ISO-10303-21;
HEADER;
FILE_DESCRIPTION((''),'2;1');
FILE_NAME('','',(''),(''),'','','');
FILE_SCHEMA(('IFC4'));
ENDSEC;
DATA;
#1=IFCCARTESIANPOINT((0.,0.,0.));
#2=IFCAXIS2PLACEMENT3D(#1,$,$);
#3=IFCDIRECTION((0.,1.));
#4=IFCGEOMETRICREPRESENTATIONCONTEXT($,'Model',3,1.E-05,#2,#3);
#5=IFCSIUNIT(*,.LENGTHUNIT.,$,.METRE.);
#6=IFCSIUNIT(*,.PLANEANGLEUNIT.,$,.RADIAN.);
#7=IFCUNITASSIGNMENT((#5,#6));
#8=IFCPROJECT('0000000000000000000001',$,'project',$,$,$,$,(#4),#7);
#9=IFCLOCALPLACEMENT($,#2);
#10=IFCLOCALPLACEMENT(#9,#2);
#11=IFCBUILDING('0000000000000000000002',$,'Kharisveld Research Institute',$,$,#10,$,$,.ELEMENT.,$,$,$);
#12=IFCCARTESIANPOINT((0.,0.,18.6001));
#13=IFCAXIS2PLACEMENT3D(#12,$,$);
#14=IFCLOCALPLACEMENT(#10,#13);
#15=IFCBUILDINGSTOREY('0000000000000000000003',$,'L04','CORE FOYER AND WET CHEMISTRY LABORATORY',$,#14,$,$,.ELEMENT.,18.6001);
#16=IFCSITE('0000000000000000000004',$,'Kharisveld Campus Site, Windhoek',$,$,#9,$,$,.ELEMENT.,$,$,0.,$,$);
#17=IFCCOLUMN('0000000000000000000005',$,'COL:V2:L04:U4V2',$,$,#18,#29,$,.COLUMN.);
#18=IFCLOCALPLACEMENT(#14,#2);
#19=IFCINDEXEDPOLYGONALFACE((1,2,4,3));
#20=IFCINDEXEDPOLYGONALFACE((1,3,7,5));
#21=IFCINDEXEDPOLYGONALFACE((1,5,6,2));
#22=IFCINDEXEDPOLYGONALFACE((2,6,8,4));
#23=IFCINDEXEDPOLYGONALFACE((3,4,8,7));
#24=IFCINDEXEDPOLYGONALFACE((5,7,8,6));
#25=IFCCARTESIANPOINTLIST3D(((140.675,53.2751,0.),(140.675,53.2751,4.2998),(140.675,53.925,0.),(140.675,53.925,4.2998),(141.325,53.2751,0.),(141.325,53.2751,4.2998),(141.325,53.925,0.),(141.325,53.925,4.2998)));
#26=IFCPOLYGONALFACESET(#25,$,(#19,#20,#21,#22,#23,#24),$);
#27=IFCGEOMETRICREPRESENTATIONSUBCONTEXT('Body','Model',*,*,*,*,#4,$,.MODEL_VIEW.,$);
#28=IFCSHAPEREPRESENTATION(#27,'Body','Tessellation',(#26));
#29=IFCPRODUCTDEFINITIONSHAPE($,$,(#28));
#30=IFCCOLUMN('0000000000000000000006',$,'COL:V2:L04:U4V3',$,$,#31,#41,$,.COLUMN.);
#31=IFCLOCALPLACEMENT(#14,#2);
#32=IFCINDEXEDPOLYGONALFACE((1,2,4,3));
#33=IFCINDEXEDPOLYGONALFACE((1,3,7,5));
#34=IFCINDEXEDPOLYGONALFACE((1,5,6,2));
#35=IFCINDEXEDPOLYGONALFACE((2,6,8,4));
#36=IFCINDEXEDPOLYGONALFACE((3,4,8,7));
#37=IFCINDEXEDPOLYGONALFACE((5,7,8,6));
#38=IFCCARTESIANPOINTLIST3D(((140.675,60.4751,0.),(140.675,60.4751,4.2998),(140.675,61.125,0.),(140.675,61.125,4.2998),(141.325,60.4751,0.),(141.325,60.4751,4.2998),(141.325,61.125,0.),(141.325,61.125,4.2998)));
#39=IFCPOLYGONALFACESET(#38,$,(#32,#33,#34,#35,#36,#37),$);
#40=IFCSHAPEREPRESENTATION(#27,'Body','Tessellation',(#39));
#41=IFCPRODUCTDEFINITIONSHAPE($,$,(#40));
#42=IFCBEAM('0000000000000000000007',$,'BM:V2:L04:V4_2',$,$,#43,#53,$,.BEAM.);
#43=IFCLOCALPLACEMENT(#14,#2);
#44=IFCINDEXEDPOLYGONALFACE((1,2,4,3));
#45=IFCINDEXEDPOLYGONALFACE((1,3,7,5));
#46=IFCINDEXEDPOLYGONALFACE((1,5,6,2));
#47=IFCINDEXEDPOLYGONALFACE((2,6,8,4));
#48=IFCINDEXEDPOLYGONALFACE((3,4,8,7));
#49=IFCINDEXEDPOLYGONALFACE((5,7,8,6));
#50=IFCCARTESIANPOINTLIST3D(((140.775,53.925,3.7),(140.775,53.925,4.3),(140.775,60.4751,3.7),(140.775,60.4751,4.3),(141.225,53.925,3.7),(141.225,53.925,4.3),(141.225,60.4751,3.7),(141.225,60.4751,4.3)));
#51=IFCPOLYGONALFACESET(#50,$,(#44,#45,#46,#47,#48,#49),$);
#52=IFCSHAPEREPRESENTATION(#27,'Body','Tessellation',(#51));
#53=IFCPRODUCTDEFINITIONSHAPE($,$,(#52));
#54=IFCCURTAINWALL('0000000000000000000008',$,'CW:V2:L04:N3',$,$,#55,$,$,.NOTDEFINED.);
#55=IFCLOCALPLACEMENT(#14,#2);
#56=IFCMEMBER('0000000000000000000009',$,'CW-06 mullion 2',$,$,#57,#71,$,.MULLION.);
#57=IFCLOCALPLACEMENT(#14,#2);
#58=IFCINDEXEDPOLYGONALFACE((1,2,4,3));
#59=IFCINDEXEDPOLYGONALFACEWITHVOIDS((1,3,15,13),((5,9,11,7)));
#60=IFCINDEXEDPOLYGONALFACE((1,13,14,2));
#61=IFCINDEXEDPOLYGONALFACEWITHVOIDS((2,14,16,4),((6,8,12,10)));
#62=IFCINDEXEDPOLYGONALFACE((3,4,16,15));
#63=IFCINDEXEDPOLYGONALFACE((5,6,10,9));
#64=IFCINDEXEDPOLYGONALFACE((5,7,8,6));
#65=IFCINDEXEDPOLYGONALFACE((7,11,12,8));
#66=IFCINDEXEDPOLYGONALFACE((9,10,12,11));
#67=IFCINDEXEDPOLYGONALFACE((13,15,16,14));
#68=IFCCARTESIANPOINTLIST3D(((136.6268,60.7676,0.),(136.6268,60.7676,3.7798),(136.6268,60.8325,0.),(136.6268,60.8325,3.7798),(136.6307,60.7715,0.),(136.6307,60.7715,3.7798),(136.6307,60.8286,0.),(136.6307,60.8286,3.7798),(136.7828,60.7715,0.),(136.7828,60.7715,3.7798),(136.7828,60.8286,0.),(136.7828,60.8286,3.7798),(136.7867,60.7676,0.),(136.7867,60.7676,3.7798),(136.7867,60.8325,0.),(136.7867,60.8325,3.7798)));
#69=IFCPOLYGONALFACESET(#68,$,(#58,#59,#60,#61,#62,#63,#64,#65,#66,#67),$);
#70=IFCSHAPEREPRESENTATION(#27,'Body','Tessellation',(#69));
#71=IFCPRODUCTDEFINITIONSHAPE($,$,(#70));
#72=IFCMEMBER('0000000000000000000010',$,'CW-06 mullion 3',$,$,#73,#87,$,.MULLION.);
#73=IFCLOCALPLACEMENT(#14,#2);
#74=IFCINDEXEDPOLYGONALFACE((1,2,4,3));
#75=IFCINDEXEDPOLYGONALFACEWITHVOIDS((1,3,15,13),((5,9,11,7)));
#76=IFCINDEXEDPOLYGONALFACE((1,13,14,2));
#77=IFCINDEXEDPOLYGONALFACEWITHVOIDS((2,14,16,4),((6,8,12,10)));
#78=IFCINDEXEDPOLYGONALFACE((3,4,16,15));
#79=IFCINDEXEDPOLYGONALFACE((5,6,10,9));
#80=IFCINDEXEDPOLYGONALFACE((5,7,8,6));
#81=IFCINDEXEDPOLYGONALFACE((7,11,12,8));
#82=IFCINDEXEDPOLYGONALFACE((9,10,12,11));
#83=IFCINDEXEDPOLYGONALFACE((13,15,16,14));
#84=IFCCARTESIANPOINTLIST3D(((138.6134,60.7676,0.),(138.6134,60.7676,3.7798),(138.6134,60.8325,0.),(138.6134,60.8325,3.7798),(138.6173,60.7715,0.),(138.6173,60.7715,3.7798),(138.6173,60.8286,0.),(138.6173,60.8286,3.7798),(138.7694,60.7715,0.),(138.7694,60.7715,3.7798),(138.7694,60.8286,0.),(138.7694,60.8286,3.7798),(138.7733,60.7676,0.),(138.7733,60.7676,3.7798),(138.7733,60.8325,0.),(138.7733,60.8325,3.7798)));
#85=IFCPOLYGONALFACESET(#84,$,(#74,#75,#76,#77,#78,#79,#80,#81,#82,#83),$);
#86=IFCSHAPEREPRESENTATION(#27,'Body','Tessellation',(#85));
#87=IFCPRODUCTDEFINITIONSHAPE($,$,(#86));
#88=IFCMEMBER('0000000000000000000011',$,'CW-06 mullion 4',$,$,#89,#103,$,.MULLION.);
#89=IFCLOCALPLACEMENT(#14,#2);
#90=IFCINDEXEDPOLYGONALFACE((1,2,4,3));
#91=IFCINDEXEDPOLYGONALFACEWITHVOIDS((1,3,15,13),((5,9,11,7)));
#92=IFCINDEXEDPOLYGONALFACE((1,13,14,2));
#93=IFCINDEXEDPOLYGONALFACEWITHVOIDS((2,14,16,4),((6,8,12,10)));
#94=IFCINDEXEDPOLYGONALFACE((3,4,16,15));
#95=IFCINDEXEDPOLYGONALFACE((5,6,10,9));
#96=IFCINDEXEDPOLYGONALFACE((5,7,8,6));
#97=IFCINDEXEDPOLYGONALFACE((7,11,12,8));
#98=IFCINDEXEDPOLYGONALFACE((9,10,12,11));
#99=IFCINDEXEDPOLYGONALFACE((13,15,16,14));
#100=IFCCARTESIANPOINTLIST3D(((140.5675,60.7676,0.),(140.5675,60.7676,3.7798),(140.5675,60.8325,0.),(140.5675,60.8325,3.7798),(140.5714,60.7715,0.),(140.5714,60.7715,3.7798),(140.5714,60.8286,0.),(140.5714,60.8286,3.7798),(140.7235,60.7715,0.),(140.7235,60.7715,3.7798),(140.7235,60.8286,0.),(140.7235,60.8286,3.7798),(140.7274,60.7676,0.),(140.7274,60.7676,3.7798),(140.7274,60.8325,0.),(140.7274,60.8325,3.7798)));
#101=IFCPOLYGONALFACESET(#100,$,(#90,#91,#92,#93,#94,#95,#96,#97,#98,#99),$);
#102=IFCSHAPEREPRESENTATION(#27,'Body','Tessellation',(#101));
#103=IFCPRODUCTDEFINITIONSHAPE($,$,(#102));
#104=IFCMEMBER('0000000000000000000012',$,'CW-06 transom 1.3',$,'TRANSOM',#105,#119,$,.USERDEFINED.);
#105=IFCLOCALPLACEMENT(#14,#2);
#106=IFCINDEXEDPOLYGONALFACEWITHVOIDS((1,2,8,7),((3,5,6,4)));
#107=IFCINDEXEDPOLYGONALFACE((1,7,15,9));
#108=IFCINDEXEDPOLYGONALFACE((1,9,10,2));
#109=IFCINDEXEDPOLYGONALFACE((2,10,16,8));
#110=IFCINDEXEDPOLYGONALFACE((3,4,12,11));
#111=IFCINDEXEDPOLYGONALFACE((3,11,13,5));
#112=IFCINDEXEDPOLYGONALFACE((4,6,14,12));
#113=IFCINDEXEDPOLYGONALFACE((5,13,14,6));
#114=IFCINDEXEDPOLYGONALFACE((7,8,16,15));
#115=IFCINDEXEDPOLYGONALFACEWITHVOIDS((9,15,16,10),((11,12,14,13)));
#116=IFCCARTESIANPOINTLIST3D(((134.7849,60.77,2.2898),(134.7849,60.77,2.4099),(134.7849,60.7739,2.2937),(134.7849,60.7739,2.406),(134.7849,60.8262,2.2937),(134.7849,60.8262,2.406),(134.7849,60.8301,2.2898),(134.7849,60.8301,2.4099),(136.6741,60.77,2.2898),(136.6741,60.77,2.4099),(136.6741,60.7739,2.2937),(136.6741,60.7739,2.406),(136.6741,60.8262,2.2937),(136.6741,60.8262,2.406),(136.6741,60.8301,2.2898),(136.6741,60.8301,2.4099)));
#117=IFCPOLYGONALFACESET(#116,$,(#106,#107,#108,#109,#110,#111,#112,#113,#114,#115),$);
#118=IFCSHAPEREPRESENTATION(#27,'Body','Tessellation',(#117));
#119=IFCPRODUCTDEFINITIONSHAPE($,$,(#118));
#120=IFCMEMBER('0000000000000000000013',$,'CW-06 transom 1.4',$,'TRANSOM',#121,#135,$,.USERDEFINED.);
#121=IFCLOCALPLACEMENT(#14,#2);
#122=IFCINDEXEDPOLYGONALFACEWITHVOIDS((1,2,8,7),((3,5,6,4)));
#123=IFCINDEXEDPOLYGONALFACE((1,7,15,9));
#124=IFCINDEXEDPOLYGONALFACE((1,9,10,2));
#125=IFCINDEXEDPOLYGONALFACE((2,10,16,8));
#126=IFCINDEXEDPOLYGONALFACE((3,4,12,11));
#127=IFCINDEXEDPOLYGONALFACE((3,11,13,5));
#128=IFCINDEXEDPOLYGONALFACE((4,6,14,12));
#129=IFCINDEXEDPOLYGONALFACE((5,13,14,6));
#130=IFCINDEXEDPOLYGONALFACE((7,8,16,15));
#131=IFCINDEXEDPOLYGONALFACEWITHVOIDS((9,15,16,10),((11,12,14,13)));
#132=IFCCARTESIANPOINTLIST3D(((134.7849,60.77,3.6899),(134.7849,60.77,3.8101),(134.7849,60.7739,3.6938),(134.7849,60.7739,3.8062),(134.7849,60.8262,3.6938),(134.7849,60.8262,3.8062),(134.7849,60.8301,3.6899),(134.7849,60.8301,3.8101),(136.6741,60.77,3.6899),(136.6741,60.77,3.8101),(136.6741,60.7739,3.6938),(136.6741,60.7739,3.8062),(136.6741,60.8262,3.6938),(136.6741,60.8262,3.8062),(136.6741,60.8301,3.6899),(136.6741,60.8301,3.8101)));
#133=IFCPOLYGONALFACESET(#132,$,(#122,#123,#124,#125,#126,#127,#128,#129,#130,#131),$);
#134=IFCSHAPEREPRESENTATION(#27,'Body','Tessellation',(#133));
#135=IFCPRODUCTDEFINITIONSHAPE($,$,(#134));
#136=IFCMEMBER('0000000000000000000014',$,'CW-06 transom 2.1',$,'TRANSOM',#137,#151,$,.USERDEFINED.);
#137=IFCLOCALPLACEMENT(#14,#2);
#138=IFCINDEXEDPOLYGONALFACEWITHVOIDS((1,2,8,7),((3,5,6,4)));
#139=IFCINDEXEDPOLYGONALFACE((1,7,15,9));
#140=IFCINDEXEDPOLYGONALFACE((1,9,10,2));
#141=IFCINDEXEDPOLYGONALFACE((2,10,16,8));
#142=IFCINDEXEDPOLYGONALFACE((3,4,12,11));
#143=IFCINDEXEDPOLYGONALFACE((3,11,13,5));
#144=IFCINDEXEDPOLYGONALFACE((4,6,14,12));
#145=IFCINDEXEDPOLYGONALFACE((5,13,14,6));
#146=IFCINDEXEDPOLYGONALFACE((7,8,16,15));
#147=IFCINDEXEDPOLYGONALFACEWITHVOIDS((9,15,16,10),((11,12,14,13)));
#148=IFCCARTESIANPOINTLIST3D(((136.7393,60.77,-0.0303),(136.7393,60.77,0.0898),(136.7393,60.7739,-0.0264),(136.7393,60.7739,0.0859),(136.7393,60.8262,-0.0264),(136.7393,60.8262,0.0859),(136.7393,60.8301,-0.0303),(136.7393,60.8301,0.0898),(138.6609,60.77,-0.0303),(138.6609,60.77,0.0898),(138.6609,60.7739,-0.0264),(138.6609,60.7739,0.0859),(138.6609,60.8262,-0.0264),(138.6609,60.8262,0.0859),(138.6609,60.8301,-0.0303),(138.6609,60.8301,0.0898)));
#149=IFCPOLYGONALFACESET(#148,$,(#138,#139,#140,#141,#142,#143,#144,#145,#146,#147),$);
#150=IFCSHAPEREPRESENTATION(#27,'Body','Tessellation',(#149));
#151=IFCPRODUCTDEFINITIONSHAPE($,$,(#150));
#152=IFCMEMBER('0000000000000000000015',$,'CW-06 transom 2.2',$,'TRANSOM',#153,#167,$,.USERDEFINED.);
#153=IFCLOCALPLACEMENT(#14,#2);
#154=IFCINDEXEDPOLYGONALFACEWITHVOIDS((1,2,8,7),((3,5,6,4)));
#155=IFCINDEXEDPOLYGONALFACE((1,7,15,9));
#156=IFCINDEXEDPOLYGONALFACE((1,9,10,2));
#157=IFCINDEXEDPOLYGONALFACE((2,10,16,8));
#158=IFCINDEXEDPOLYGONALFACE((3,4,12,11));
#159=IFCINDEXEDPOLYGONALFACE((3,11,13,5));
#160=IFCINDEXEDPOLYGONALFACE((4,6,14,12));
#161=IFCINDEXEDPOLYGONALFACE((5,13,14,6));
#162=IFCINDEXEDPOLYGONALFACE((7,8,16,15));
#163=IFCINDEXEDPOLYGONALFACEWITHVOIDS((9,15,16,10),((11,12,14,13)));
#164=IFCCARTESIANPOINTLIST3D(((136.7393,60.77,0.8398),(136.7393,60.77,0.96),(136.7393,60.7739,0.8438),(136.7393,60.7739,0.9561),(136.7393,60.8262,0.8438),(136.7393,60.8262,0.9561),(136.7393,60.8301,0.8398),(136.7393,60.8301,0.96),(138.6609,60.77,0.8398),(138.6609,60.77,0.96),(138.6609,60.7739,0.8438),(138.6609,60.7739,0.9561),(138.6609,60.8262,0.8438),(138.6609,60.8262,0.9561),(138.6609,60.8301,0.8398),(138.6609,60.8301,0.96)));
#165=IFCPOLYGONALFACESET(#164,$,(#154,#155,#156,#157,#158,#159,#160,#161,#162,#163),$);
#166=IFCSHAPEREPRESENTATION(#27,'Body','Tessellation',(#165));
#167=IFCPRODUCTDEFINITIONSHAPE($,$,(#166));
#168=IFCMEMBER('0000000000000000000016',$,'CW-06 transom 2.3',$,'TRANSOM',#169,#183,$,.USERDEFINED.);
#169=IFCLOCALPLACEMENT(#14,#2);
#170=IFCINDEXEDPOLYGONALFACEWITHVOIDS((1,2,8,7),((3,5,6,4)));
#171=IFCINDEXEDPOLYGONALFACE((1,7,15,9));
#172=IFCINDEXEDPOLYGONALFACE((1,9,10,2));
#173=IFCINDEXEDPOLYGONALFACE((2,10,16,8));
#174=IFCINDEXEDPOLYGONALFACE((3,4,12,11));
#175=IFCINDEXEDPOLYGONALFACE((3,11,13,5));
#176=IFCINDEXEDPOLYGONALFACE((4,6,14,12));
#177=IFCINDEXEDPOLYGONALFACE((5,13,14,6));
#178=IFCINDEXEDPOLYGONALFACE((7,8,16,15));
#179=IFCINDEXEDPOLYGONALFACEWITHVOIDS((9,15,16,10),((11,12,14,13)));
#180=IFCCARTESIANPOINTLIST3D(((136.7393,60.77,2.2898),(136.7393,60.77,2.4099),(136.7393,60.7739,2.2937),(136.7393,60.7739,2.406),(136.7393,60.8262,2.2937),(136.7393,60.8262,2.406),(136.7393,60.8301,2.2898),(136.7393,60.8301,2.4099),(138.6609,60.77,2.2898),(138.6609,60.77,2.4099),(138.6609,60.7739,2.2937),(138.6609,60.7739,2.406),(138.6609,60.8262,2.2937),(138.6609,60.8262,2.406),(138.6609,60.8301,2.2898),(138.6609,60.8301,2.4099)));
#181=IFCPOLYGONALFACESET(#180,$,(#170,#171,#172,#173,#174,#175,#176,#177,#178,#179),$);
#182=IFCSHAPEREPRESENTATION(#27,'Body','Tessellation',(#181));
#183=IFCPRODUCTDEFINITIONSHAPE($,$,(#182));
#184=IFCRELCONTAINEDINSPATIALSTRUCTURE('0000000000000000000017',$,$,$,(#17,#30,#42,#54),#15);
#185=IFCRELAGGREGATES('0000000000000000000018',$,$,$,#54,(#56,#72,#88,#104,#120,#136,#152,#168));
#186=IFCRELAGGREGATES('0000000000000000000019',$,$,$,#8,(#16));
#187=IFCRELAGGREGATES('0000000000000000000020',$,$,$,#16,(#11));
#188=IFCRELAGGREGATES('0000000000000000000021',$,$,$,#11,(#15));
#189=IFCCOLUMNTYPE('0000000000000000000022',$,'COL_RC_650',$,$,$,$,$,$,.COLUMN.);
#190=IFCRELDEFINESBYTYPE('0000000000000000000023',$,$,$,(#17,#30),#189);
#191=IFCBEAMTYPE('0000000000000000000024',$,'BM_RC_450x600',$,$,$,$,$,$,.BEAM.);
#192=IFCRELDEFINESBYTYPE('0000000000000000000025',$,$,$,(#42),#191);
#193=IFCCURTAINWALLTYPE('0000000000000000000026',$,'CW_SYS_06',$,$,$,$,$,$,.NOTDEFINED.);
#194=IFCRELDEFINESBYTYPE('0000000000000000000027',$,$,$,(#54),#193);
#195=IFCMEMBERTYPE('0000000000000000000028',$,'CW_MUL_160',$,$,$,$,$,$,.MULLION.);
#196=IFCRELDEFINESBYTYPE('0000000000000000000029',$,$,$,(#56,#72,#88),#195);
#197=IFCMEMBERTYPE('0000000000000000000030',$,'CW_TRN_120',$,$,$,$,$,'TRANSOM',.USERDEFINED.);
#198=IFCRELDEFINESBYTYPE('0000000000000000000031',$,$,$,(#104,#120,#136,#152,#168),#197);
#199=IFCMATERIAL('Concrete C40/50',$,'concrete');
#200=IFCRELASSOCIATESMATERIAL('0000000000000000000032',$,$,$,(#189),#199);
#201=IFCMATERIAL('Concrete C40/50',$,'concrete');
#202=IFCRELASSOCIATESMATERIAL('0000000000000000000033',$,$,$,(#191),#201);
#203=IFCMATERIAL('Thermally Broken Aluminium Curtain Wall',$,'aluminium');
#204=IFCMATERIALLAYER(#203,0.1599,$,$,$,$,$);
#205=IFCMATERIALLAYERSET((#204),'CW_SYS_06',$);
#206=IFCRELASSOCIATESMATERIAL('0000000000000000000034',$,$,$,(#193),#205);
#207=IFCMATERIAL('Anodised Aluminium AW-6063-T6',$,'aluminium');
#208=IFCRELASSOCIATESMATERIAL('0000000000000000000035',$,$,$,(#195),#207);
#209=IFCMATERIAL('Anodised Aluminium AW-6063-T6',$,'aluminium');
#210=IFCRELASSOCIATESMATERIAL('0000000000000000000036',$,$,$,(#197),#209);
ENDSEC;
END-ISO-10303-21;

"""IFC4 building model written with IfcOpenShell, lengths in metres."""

from ifc_helpers import new_model, si_unit, direction, frame, origin, origin_2d, place, context, subcontext, project, spatial, rectangle, hollow_rectangle, extrude, material, layer, layer_set, material_profile, profile_set, type_object, element, aggregate, save


model = new_model("IFC4")

# Units and contexts
model_context = context("Model", 3, precision=1e-05, world=origin(), true_north=direction((0.0, 1.0)))
body_context = subcontext(model_context, "Body", "Model", "MODEL_VIEW")
ifc_project = project(units=[si_unit("LENGTHUNIT", "METRE"), si_unit("PLANEANGLEUNIT", "RADIAN")], contexts=[model_context])

# Site, building, storey
site_placement = place(None, origin())
site = spatial("IfcSite", under=ifc_project, at=site_placement, Name="Kharisveld Campus Site, Windhoek", CompositionType="ELEMENT", RefElevation=0.0)
building_placement = place(site_placement, origin())
building = spatial("IfcBuilding", under=site, at=building_placement, Name="Kharisveld Research Institute", CompositionType="ELEMENT")
storey_placement = place(building_placement, frame((0.0, 0.0, 18.6001)))
storey = spatial("IfcBuildingStorey", under=building, at=storey_placement, Name="L04", Description="CORE FOYER AND WET CHEMISTRY LABORATORY", CompositionType="ELEMENT", Elevation=18.6001)

# Columns
ifc_material_1 = material(Name="Concrete C40/50", Category="concrete")
ifc_material_profile_1 = material_profile(ifc_material_1, rectangle(XDim=0.6499, YDim=0.6499, at=origin_2d()))
ifc_profile_set_1 = profile_set([ifc_material_profile_1], Name="Concrete C40/50")
column_type = type_object("IfcColumnType", Name="COL_RC_650", PredefinedType="COLUMN", material=ifc_profile_set_1)
for number, where, z_axis, x_axis, name in (
    (1, (141.0, 53.6001, 0.0), (0.0, 0.0, 1.0), (1.0, 0.0, 0.0), "COL:V2:L04:U4V2"),
    (2, (141.0, 60.8, 0.0), (0.0, 0.0, 1.0), (1.0, 0.0, 0.0), "COL:V2:L04:U4V3"),
):
    element("IfcColumn", number, at=place(storey_placement, frame(where, z_axis=z_axis, x_axis=x_axis)), inside=storey, type_object=column_type, Name=name, PredefinedType="COLUMN", context=body_context, shape_type="SweptSolid", body=[
        extrude(rectangle(XDim=0.6499, YDim=0.6499, at=origin_2d()), origin(), (0.0, 0.0, 1.0), 4.2998),
    ])

# Beam
ifc_material_2 = material(Name="Concrete C40/50", Category="concrete")
ifc_material_profile_2 = material_profile(ifc_material_2, rectangle(XDim=0.45, YDim=0.6001, at=origin_2d()))
ifc_profile_set_2 = profile_set([ifc_material_profile_2], Name="Concrete C40/50")
beam_type_1 = type_object("IfcBeamType", Name="BM_RC_450x600", PredefinedType="BEAM", material=ifc_profile_set_2)
beam_1_placement = place(storey_placement, frame((141.0, 53.925, 4.0), z_axis=(0.0, 1.0, 0.0), x_axis=(-1.0, 0.0, 0.0)))
element("IfcBeam", 3, at=beam_1_placement, inside=storey, type_object=beam_type_1, Name="BM:V2:L04:V4_2", PredefinedType="BEAM", context=body_context, shape_type="SweptSolid", body=[
    extrude(rectangle(XDim=0.45, YDim=0.6001, at=origin_2d()), origin(), (0.0, 0.0, 1.0), 6.55),
])

# Curtain wall, members
ifc_material_3 = material(Name="Thermally Broken Aluminium Curtain Wall", Category="aluminium")
ifc_layer_1 = layer(ifc_material_3, 0.1599)
ifc_layer_set_1 = layer_set([ifc_layer_1], Name="CW_SYS_06")
curtain_wall_type = type_object("IfcCurtainWallType", Name="CW_SYS_06", PredefinedType="NOTDEFINED", material=ifc_layer_set_1)
curtain_wall_placement = place(storey_placement, origin())
curtain_wall = element("IfcCurtainWall", 4, at=curtain_wall_placement, inside=storey, type_object=curtain_wall_type, Name="CW:V2:L04:N3", PredefinedType="NOTDEFINED")
ifc_material_4 = material(Name="Anodised Aluminium AW-6063-T6", Category="aluminium")
ifc_material_profile_3 = material_profile(ifc_material_4, hollow_rectangle(XDim=0.0649, YDim=0.1599, WallThickness=0.0039, at=origin_2d()))
ifc_profile_set_3 = profile_set([ifc_material_profile_3], Name="Anodised Aluminium AW-6063-T6")
member_type_1 = type_object("IfcMemberType", Name="CW_MUL_160", PredefinedType="MULLION", material=ifc_profile_set_3)
member_1_placement = place(storey_placement, frame((136.7068, 60.8, 0.0), z_axis=(0.0, 0.0, 1.0), x_axis=(0.0, 1.0, 0.0)))
member_1 = element("IfcMember", 5, at=member_1_placement, type_object=member_type_1, Name="CW-06 mullion 2", PredefinedType="MULLION", context=body_context, shape_type="SweptSolid", body=[
    extrude(hollow_rectangle(XDim=0.0649, YDim=0.1599, WallThickness=0.0039, at=origin_2d()), origin(), (0.0, 0.0, 1.0), 3.7798),
])
member_2_placement = place(storey_placement, frame((138.6934, 60.8, 0.0), z_axis=(0.0, 0.0, 1.0), x_axis=(0.0, 1.0, 0.0)))
member_2 = element("IfcMember", 6, at=member_2_placement, type_object=member_type_1, Name="CW-06 mullion 3", PredefinedType="MULLION", context=body_context, shape_type="SweptSolid", body=[
    extrude(hollow_rectangle(XDim=0.0649, YDim=0.1599, WallThickness=0.0039, at=origin_2d()), origin(), (0.0, 0.0, 1.0), 3.7798),
])
member_3_placement = place(storey_placement, frame((140.6475, 60.8, 0.0), z_axis=(0.0, 0.0, 1.0), x_axis=(0.0, 1.0, 0.0)))
member_3 = element("IfcMember", 7, at=member_3_placement, type_object=member_type_1, Name="CW-06 mullion 4", PredefinedType="MULLION", context=body_context, shape_type="SweptSolid", body=[
    extrude(hollow_rectangle(XDim=0.0649, YDim=0.1599, WallThickness=0.0039, at=origin_2d()), origin(), (0.0, 0.0, 1.0), 3.7798),
])
ifc_material_5 = material(Name="Anodised Aluminium AW-6063-T6", Category="aluminium")
ifc_material_profile_4 = material_profile(ifc_material_5, hollow_rectangle(XDim=0.0601, YDim=0.1201, WallThickness=0.0039, at=origin_2d()))
ifc_profile_set_4 = profile_set([ifc_material_profile_4], Name="Anodised Aluminium AW-6063-T6")
member_type_2 = type_object("IfcMemberType", Name="CW_TRN_120", ElementType="TRANSOM", PredefinedType="USERDEFINED", material=ifc_profile_set_4)
member_4_placement = place(storey_placement, frame((134.7849, 60.8, 2.3499), z_axis=(1.0, 0.0, 0.0), x_axis=(0.0, 1.0, 0.0)))
member_4 = element("IfcMember", 8, at=member_4_placement, type_object=member_type_2, Name="CW-06 transom 1.3", ObjectType="TRANSOM", PredefinedType="USERDEFINED", context=body_context, shape_type="SweptSolid", body=[
    extrude(hollow_rectangle(XDim=0.0601, YDim=0.1201, WallThickness=0.0039, at=origin_2d()), origin(), (0.0, 0.0, 1.0), 1.8892),
])
member_5_placement = place(storey_placement, frame((134.7849, 60.8, 3.75), z_axis=(1.0, 0.0, 0.0), x_axis=(0.0, 1.0, 0.0)))
member_5 = element("IfcMember", 9, at=member_5_placement, type_object=member_type_2, Name="CW-06 transom 1.4", ObjectType="TRANSOM", PredefinedType="USERDEFINED", context=body_context, shape_type="SweptSolid", body=[
    extrude(hollow_rectangle(XDim=0.0601, YDim=0.1201, WallThickness=0.0039, at=origin_2d()), origin(), (0.0, 0.0, 1.0), 1.8892),
])
member_6_placement = place(storey_placement, frame((136.7393, 60.8, 0.0298), z_axis=(1.0, 0.0, 0.0), x_axis=(0.0, 1.0, 0.0)))
member_6 = element("IfcMember", 10, at=member_6_placement, type_object=member_type_2, Name="CW-06 transom 2.1", ObjectType="TRANSOM", PredefinedType="USERDEFINED", context=body_context, shape_type="SweptSolid", body=[
    extrude(hollow_rectangle(XDim=0.0601, YDim=0.1201, WallThickness=0.0039, at=origin_2d()), origin(), (0.0, 0.0, 1.0), 1.9216),
])
member_7_placement = place(storey_placement, frame((136.7393, 60.8, 0.8999), z_axis=(1.0, 0.0, 0.0), x_axis=(0.0, 1.0, 0.0)))
member_7 = element("IfcMember", 11, at=member_7_placement, type_object=member_type_2, Name="CW-06 transom 2.2", ObjectType="TRANSOM", PredefinedType="USERDEFINED", context=body_context, shape_type="SweptSolid", body=[
    extrude(hollow_rectangle(XDim=0.0601, YDim=0.1201, WallThickness=0.0039, at=origin_2d()), origin(), (0.0, 0.0, 1.0), 1.9216),
])
member_8_placement = place(storey_placement, frame((136.7393, 60.8, 2.3499), z_axis=(1.0, 0.0, 0.0), x_axis=(0.0, 1.0, 0.0)))
member_8 = element("IfcMember", 12, at=member_8_placement, type_object=member_type_2, Name="CW-06 transom 2.3", ObjectType="TRANSOM", PredefinedType="USERDEFINED", context=body_context, shape_type="SweptSolid", body=[
    extrude(hollow_rectangle(XDim=0.0601, YDim=0.1201, WallThickness=0.0039, at=origin_2d()), origin(), (0.0, 0.0, 1.0), 1.9216),
])

aggregate(curtain_wall, [member_1, member_2, member_3, member_4, member_5, member_6, member_7, member_8])

save(model, "model.ifc")
